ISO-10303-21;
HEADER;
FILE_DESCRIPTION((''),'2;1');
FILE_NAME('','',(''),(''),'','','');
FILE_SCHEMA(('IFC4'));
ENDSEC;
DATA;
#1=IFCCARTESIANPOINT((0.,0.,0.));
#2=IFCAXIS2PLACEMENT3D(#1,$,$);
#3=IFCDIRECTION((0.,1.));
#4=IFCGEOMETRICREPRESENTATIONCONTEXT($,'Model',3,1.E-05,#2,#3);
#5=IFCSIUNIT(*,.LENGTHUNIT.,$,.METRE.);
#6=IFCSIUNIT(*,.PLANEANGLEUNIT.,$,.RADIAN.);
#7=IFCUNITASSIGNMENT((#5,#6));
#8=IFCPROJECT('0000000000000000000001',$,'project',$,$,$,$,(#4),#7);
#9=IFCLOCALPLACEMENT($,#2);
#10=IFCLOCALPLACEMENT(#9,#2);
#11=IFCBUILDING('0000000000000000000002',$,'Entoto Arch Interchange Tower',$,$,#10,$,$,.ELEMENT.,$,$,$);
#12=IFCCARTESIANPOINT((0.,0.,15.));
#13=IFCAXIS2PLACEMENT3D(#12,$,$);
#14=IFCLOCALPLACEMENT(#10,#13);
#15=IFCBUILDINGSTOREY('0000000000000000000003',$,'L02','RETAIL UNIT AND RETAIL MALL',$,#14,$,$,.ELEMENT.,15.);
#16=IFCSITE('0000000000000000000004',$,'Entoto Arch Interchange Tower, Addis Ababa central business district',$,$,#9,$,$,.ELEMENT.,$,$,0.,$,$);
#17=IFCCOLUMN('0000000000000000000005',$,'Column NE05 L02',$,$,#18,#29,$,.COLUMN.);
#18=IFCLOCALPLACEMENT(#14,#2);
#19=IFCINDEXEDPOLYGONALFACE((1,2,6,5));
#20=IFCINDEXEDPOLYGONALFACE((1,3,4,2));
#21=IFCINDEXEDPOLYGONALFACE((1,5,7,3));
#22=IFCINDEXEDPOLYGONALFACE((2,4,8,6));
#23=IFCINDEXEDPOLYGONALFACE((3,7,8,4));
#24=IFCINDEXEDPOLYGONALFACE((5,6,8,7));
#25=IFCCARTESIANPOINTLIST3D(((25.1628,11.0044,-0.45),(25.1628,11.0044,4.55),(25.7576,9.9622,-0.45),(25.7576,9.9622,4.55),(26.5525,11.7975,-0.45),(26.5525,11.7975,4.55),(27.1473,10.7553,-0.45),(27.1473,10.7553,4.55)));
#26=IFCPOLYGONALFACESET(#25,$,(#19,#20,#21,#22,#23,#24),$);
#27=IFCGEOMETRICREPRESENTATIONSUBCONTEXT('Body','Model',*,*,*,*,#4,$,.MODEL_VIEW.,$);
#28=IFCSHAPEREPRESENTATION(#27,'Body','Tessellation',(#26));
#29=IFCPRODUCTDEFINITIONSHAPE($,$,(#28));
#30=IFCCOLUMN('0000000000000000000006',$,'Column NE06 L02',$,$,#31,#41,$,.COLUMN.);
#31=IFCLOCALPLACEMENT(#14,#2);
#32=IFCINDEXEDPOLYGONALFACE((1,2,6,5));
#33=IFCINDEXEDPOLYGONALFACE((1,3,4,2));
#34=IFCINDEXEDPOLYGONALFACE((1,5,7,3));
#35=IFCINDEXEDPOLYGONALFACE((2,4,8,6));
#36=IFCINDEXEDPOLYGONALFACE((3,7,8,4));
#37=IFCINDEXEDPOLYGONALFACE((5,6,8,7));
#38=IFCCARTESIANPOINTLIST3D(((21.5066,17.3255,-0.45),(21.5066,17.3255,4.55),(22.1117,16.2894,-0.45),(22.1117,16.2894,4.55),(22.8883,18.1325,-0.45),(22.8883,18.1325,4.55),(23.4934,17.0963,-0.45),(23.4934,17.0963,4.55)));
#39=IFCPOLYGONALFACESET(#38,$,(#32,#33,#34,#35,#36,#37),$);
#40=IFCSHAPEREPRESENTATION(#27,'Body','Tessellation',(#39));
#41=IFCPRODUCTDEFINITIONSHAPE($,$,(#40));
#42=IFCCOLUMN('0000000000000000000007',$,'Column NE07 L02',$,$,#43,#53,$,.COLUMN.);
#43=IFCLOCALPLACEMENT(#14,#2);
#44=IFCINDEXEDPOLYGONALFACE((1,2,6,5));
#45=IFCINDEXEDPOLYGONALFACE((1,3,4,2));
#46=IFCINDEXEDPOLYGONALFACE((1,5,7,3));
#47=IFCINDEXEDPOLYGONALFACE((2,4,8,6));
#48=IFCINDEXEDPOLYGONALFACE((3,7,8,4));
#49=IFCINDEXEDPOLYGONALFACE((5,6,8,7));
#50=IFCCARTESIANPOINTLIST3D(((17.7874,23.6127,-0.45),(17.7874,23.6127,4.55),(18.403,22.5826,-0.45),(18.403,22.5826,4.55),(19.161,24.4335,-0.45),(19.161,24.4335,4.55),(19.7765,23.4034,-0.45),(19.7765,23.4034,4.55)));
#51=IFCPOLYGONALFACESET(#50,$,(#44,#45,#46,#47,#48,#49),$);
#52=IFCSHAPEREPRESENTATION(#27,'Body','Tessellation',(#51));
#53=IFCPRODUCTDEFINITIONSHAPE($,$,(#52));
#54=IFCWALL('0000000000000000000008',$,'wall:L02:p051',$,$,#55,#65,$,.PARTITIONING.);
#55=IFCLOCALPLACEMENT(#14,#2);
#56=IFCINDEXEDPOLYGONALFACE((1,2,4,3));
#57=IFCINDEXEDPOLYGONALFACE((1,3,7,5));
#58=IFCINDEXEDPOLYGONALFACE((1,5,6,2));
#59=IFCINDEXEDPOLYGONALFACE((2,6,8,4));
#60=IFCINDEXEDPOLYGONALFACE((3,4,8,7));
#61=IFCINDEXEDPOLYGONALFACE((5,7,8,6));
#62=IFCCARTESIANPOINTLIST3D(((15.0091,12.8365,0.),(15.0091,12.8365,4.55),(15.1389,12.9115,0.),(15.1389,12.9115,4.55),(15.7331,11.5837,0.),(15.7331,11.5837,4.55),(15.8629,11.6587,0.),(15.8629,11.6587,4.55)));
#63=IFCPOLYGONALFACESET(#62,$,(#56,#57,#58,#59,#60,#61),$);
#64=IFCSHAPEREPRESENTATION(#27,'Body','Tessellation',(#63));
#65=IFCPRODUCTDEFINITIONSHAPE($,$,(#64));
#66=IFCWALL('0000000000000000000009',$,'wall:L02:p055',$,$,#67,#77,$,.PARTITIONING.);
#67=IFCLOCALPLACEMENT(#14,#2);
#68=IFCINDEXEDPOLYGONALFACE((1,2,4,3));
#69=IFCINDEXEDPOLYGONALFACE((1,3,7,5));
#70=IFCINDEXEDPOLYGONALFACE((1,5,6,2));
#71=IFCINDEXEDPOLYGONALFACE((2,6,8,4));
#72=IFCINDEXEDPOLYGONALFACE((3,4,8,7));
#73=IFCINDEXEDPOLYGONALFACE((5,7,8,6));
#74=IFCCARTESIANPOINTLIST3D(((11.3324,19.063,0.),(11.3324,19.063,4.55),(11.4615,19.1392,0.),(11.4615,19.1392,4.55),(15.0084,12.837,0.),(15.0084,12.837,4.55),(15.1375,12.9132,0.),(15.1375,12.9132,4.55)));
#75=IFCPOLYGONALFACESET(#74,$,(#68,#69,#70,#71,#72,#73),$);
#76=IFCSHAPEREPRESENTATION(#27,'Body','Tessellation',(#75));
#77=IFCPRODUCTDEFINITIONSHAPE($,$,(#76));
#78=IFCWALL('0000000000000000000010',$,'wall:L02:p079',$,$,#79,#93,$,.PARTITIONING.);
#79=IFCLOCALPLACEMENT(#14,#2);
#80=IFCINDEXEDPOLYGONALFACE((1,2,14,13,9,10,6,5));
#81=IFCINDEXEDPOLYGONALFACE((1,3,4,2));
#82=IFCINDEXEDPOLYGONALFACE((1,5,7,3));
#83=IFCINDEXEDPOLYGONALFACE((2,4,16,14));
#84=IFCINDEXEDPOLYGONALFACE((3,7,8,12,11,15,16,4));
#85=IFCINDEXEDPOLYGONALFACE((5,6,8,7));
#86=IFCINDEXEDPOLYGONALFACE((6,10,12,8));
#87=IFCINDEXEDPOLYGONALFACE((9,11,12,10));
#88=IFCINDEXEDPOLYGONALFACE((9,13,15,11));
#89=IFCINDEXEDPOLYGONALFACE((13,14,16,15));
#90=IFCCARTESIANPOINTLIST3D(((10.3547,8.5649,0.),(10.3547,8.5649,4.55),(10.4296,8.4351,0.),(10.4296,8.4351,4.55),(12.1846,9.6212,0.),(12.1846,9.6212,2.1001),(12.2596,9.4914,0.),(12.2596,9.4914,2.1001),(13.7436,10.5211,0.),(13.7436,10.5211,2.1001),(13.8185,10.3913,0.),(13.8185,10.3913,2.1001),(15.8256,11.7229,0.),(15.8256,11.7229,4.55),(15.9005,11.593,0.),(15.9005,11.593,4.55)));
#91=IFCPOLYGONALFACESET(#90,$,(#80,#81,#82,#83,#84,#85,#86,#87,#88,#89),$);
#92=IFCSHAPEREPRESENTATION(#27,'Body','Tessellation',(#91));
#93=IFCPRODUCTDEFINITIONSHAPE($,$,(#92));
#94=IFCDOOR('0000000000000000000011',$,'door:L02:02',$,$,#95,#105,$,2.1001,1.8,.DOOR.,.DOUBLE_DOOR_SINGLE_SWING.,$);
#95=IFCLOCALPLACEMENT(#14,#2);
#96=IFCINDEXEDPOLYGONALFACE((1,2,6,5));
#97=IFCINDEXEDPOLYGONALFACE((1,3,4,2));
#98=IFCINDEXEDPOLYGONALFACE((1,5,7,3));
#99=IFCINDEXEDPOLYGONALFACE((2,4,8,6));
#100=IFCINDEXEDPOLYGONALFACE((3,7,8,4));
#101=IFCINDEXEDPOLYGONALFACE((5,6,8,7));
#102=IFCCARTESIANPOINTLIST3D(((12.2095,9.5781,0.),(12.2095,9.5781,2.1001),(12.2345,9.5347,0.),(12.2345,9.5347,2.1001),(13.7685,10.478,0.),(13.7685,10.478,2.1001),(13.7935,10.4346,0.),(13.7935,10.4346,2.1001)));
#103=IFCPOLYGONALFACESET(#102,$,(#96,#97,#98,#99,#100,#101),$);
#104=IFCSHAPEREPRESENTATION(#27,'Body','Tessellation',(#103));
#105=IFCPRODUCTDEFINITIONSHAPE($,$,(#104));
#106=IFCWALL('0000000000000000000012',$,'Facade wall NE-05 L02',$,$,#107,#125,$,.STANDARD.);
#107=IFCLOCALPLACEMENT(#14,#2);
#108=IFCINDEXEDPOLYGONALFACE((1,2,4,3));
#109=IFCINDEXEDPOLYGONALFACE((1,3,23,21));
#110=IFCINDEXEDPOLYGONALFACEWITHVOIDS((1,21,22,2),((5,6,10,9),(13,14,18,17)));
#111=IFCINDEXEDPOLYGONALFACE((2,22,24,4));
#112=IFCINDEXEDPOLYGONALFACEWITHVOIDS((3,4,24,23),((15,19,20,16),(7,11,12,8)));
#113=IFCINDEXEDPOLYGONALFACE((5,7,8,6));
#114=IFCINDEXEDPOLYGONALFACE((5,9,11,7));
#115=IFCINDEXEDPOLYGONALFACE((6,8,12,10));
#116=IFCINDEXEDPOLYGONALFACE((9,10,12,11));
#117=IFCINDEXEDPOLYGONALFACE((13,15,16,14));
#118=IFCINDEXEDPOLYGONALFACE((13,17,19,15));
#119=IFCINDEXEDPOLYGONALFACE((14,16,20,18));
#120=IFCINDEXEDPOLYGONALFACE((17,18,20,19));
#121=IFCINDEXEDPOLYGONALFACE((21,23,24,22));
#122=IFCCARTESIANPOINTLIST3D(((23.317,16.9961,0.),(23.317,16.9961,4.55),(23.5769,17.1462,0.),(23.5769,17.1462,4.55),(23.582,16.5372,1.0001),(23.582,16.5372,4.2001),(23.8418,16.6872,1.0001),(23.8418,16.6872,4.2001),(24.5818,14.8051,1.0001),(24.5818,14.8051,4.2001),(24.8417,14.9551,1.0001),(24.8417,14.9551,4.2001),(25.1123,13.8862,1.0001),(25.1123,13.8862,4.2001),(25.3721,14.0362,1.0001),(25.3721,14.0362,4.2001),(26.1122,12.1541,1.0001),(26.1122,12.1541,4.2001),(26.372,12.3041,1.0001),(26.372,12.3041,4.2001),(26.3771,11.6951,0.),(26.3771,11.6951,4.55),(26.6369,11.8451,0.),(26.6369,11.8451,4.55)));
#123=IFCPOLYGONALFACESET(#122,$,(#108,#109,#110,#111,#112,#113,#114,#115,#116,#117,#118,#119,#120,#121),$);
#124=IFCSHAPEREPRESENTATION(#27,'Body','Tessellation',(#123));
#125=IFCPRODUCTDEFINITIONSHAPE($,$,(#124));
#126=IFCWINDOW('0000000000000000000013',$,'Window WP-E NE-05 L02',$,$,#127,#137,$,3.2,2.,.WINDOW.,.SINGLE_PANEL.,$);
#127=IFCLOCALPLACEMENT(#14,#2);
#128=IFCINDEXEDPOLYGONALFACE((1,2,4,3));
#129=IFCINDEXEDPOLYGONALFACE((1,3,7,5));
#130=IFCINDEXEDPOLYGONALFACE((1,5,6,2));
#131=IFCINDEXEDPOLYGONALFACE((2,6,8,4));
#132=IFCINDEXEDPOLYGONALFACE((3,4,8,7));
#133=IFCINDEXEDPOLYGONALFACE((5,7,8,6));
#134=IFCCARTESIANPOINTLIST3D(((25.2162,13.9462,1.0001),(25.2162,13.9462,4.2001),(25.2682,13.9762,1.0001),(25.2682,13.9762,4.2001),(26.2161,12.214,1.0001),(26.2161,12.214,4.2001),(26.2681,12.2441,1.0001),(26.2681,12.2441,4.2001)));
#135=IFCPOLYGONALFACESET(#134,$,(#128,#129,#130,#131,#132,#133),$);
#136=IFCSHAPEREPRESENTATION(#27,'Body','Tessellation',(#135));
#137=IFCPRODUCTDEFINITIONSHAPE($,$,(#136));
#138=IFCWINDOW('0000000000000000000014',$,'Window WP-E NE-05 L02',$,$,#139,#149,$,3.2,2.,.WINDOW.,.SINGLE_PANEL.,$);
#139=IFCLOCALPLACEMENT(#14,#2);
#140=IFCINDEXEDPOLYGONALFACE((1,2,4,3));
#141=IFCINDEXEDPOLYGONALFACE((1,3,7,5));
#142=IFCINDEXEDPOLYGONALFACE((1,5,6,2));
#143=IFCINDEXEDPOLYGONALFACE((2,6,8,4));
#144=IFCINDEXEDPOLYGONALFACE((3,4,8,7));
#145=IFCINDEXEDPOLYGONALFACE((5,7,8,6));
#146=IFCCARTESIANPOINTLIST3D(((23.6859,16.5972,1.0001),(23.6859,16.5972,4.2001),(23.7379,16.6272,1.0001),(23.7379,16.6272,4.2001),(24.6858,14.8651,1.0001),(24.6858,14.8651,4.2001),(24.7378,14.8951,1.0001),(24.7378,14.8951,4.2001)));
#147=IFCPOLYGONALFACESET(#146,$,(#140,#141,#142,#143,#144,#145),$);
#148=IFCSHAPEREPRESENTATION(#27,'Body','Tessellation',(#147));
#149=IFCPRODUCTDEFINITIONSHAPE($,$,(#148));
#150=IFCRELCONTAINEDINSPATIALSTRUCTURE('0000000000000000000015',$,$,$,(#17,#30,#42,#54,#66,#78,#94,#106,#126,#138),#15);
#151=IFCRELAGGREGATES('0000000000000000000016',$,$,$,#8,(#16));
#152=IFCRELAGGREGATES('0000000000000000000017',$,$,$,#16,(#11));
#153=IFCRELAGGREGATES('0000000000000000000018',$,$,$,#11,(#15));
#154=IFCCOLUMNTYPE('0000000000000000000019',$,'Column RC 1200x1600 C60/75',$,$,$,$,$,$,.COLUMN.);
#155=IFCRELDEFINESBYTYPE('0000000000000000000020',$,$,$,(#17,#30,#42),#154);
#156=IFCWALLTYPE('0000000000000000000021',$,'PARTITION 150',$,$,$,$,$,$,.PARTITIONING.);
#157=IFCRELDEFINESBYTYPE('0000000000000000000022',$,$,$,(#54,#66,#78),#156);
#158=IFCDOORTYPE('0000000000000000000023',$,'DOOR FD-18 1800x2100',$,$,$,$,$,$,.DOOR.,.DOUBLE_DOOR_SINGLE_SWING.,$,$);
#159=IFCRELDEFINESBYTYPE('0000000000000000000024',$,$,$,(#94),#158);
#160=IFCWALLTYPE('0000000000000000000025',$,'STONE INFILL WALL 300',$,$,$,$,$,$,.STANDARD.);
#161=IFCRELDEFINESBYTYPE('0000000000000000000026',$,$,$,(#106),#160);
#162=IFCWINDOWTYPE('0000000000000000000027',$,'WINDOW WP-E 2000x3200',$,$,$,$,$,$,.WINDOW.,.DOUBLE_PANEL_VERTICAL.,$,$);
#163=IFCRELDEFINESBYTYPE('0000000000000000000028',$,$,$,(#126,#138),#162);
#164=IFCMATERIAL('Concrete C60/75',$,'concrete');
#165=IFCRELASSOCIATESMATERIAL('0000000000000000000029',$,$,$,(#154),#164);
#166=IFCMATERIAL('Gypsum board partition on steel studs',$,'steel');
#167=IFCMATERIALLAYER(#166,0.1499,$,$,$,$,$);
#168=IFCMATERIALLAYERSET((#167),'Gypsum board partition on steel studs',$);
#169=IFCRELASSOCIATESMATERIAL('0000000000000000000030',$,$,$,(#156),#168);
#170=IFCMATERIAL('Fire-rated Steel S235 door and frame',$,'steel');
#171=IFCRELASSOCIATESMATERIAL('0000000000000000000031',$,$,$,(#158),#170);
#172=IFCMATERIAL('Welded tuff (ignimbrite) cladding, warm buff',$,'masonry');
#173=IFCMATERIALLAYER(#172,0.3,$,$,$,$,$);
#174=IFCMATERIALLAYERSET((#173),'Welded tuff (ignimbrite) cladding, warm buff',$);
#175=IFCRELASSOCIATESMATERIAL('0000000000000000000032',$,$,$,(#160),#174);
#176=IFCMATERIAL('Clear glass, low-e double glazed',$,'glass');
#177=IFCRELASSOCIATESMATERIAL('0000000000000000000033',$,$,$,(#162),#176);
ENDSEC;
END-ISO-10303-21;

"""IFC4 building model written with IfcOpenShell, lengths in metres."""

from ifc_helpers import new_model, si_unit, direction, frame, frame_2d, origin, origin_2d, place, context, subcontext, project, spatial, rectangle, extrude, material, layer, layer_set, material_profile, profile_set, type_object, element, fill, save


model = new_model("IFC4")

# Units and contexts
model_context = context("Model", 3, precision=1e-05, world=origin(), true_north=direction((0.0, 1.0)))
body_context = subcontext(model_context, "Body", "Model", "MODEL_VIEW")
ifc_project = project(units=[si_unit("LENGTHUNIT", "METRE"), si_unit("PLANEANGLEUNIT", "RADIAN")], contexts=[model_context])

# Site, building, storey
site_placement = place(None, origin())
site = spatial("IfcSite", under=ifc_project, at=site_placement, Name="Entoto Arch Interchange Tower, Addis Ababa central business district", CompositionType="ELEMENT", RefElevation=0.0)
building_placement = place(site_placement, origin())
building = spatial("IfcBuilding", under=site, at=building_placement, Name="Entoto Arch Interchange Tower", CompositionType="ELEMENT")
storey_placement = place(building_placement, frame((0.0, 0.0, 15.0)))
storey = spatial("IfcBuildingStorey", under=building, at=storey_placement, Name="L02", Description="RETAIL UNIT AND RETAIL MALL", CompositionType="ELEMENT", Elevation=15.0)

# Columns
ifc_material_1 = material(Name="Concrete C60/75", Category="concrete")
ifc_material_profile = material_profile(ifc_material_1, rectangle(XDim=1.2, YDim=1.6001, at=origin_2d()))
ifc_profile_set = profile_set([ifc_material_profile], Name="Concrete C60/75")
column_type = type_object("IfcColumnType", Name="Column RC 1200x1600 C60/75", PredefinedType="COLUMN", material=ifc_profile_set)
for number, where, z_axis, x_axis, name in (
    (1, (26.155, 10.8799, -0.45), (0.0, 0.0, 1.0), (-0.495656, 0.868519, 0.0), "Column NE05 L02"),
    (2, (22.5, 17.2109, -0.45), (0.0, 0.0, 1.0), (-0.504332, 0.86351, 0.0), "Column NE06 L02"),
    (3, (18.782, 23.5081, -0.45), (0.0, 0.0, 1.0), (-0.512972, 0.858405, 0.0), "Column NE07 L02"),
):
    element("IfcColumn", number, at=place(storey_placement, frame(where, z_axis=z_axis, x_axis=x_axis)), inside=storey, type_object=column_type, Name=name, PredefinedType="COLUMN", context=body_context, shape_type="SweptSolid", body=[
        extrude(rectangle(XDim=1.2, YDim=1.6001, at=origin_2d()), origin(), (0.0, 0.0, 1.0), 5.0),
    ])

# Walls
ifc_material_2 = material(Name="Gypsum board partition on steel studs", Category="steel")
ifc_layer_1 = layer(ifc_material_2, 0.1499)
ifc_layer_set_1 = layer_set([ifc_layer_1], Name="Gypsum board partition on steel studs")
wall_type_1 = type_object("IfcWallType", Name="PARTITION 150", PredefinedType="PARTITIONING", material=ifc_layer_set_1)
wall_1_placement = place(storey_placement, frame((15.7981, 11.6211, 0.0), z_axis=(0.0, 0.0, 1.0), x_axis=(-0.500384, 0.865803, 0.0)))
element("IfcWall", 4, at=wall_1_placement, inside=storey, type_object=wall_type_1, Name="wall:L02:p051", PredefinedType="PARTITIONING", context=body_context, shape_type="SweptSolid", body=[
    extrude(rectangle(XDim=1.447, YDim=0.1499, at=frame_2d((0.7236, 0.0))), origin(), (0.0, 0.0, 1.0), 4.55),
])
wall_2_placement = place(storey_placement, frame((15.073, 12.875, 0.0), z_axis=(0.0, 0.0, 1.0), x_axis=(-0.50842, 0.861109, 0.0)))
element("IfcWall", 5, at=wall_2_placement, inside=storey, type_object=wall_type_1, Name="wall:L02:p055", PredefinedType="PARTITIONING", context=body_context, shape_type="SweptSolid", body=[
    extrude(rectangle(XDim=7.2302, YDim=0.1499, at=frame_2d((3.6152, 0.0))), origin(), (0.0, 0.0, 1.0), 4.55),
])

# Wall, opening, door
wall_3_placement = place(storey_placement, frame((15.863, 11.658, 0.0), z_axis=(0.0, 0.0, 1.0), x_axis=(-0.866073, -0.499918, 0.0)))
wall_3 = element("IfcWall", 6, at=wall_3_placement, inside=storey, type_object=wall_type_1, Name="wall:L02:p079", PredefinedType="PARTITIONING", context=body_context, shape_type="SweptSolid", body=[
    extrude(rectangle(XDim=6.3169, YDim=0.1499, at=frame_2d((3.1584, 0.0))), origin(), (0.0, 0.0, 1.0), 4.55),
])
opening_1_placement = place(wall_3_placement, frame((2.4041, 0.0, 0.0)))
opening_1 = element("IfcOpeningElement", 7, at=opening_1_placement, cuts=wall_3, PredefinedType="OPENING", context=body_context, shape_type="SweptSolid", body=[
    extrude(rectangle(XDim=1.8, YDim=2.1001, at=frame_2d((0.8999, 1.05))), frame((0.0, 0.085, 0.0), z_axis=(0.0, -1.0, 0.0), x_axis=(1.0, 0.0, 0.0)), (0.0, 0.0, 1.0), 0.1699),
])
ifc_material_3 = material(Name="Fire-rated Steel S235 door and frame", Category="steel")
door_type = type_object("IfcDoorType", Name="DOOR FD-18 1800x2100", OperationType="DOUBLE_DOOR_SINGLE_SWING", PredefinedType="DOOR", material=ifc_material_3)
door_placement = place(opening_1_placement, origin())
door = element("IfcDoor", 8, at=door_placement, inside=storey, type_object=door_type, Name="door:L02:02", OperationType="DOUBLE_DOOR_SINGLE_SWING", OverallHeight=2.1001, OverallWidth=1.8, PredefinedType="DOOR", context=body_context, shape_type="SweptSolid", body=[
    extrude(rectangle(XDim=1.8, YDim=2.1001, at=frame_2d((0.8999, 1.05))), frame((0.0, 0.0249, 0.0), z_axis=(0.0, -1.0, 0.0), x_axis=(1.0, 0.0, 0.0)), (0.0, 0.0, 1.0), 0.05),
])
fill(opening_1, door)

# Wall, openings, windows
ifc_material_4 = material(Name="Welded tuff (ignimbrite) cladding, warm buff", Category="masonry")
ifc_layer_2 = layer(ifc_material_4, 0.3)
ifc_layer_set_2 = layer_set([ifc_layer_2], Name="Welded tuff (ignimbrite) cladding, warm buff")
wall_type_2 = type_object("IfcWallType", Name="STONE INFILL WALL 300", PredefinedType="STANDARD", material=ifc_layer_set_2)
wall_4_placement = place(storey_placement, frame((26.5071, 11.77, 0.0), z_axis=(0.0, 0.0, 1.0), x_axis=(-0.49994, 0.86606, 0.0)))
wall_4 = element("IfcWall", 9, at=wall_4_placement, inside=storey, type_object=wall_type_2, Name="Facade wall NE-05 L02", PredefinedType="STANDARD", context=body_context, shape_type="SweptSolid", body=[
    extrude(rectangle(XDim=6.1208, YDim=0.3, at=frame_2d((3.0605, 0.0))), origin(), (0.0, 0.0, 1.0), 4.55),
])
opening_2_placement = place(wall_4_placement, frame((0.53, 0.0, 1.0)))
opening_2 = element("IfcOpeningElement", 10, at=opening_2_placement, cuts=wall_4, PredefinedType="OPENING", context=body_context, shape_type="SweptSolid", body=[
    extrude(rectangle(XDim=2.0, YDim=3.2, at=frame_2d((1.0, 1.6001))), frame((0.0, 0.1602, 0.0), z_axis=(0.0, -1.0, 0.0), x_axis=(1.0, 0.0, 0.0)), (0.0, 0.0, 1.0), 0.3201),
])
opening_3_placement = place(wall_4_placement, frame((3.5911, 0.0, 1.0)))
opening_3 = element("IfcOpeningElement", 11, at=opening_3_placement, cuts=wall_4, PredefinedType="OPENING", context=body_context, shape_type="SweptSolid", body=[
    extrude(rectangle(XDim=2.0, YDim=3.2, at=frame_2d((1.0, 1.6001))), frame((0.0, 0.1602, 0.0), z_axis=(0.0, -1.0, 0.0), x_axis=(1.0, 0.0, 0.0)), (0.0, 0.0, 1.0), 0.3201),
])
ifc_material_5 = material(Name="Clear glass, low-e double glazed", Category="glass")
window_type = type_object("IfcWindowType", Name="WINDOW WP-E 2000x3200", PartitioningType="DOUBLE_PANEL_VERTICAL", PredefinedType="WINDOW", material=ifc_material_5)
window_1_placement = place(opening_2_placement, origin())
window_1 = element("IfcWindow", 12, at=window_1_placement, inside=storey, type_object=window_type, Name="Window WP-E NE-05 L02", OverallHeight=3.2, OverallWidth=2.0, PartitioningType="SINGLE_PANEL", PredefinedType="WINDOW", context=body_context, shape_type="SweptSolid", body=[
    extrude(rectangle(XDim=2.0, YDim=3.2, at=frame_2d((1.0, 1.6001))), frame((0.0, 0.03, 0.0), z_axis=(0.0, -1.0, 0.0), x_axis=(1.0, 0.0, 0.0)), (0.0, 0.0, 1.0), 0.0601),
])
fill(opening_2, window_1)
window_2_placement = place(opening_3_placement, origin())
window_2 = element("IfcWindow", 13, at=window_2_placement, inside=storey, type_object=window_type, Name="Window WP-E NE-05 L02", OverallHeight=3.2, OverallWidth=2.0, PartitioningType="SINGLE_PANEL", PredefinedType="WINDOW", context=body_context, shape_type="SweptSolid", body=[
    extrude(rectangle(XDim=2.0, YDim=3.2, at=frame_2d((1.0, 1.6001))), frame((0.0, 0.03, 0.0), z_axis=(0.0, -1.0, 0.0), x_axis=(1.0, 0.0, 0.0)), (0.0, 0.0, 1.0), 0.0601),
])
fill(opening_3, window_2)

save(model, "model.ifc")
